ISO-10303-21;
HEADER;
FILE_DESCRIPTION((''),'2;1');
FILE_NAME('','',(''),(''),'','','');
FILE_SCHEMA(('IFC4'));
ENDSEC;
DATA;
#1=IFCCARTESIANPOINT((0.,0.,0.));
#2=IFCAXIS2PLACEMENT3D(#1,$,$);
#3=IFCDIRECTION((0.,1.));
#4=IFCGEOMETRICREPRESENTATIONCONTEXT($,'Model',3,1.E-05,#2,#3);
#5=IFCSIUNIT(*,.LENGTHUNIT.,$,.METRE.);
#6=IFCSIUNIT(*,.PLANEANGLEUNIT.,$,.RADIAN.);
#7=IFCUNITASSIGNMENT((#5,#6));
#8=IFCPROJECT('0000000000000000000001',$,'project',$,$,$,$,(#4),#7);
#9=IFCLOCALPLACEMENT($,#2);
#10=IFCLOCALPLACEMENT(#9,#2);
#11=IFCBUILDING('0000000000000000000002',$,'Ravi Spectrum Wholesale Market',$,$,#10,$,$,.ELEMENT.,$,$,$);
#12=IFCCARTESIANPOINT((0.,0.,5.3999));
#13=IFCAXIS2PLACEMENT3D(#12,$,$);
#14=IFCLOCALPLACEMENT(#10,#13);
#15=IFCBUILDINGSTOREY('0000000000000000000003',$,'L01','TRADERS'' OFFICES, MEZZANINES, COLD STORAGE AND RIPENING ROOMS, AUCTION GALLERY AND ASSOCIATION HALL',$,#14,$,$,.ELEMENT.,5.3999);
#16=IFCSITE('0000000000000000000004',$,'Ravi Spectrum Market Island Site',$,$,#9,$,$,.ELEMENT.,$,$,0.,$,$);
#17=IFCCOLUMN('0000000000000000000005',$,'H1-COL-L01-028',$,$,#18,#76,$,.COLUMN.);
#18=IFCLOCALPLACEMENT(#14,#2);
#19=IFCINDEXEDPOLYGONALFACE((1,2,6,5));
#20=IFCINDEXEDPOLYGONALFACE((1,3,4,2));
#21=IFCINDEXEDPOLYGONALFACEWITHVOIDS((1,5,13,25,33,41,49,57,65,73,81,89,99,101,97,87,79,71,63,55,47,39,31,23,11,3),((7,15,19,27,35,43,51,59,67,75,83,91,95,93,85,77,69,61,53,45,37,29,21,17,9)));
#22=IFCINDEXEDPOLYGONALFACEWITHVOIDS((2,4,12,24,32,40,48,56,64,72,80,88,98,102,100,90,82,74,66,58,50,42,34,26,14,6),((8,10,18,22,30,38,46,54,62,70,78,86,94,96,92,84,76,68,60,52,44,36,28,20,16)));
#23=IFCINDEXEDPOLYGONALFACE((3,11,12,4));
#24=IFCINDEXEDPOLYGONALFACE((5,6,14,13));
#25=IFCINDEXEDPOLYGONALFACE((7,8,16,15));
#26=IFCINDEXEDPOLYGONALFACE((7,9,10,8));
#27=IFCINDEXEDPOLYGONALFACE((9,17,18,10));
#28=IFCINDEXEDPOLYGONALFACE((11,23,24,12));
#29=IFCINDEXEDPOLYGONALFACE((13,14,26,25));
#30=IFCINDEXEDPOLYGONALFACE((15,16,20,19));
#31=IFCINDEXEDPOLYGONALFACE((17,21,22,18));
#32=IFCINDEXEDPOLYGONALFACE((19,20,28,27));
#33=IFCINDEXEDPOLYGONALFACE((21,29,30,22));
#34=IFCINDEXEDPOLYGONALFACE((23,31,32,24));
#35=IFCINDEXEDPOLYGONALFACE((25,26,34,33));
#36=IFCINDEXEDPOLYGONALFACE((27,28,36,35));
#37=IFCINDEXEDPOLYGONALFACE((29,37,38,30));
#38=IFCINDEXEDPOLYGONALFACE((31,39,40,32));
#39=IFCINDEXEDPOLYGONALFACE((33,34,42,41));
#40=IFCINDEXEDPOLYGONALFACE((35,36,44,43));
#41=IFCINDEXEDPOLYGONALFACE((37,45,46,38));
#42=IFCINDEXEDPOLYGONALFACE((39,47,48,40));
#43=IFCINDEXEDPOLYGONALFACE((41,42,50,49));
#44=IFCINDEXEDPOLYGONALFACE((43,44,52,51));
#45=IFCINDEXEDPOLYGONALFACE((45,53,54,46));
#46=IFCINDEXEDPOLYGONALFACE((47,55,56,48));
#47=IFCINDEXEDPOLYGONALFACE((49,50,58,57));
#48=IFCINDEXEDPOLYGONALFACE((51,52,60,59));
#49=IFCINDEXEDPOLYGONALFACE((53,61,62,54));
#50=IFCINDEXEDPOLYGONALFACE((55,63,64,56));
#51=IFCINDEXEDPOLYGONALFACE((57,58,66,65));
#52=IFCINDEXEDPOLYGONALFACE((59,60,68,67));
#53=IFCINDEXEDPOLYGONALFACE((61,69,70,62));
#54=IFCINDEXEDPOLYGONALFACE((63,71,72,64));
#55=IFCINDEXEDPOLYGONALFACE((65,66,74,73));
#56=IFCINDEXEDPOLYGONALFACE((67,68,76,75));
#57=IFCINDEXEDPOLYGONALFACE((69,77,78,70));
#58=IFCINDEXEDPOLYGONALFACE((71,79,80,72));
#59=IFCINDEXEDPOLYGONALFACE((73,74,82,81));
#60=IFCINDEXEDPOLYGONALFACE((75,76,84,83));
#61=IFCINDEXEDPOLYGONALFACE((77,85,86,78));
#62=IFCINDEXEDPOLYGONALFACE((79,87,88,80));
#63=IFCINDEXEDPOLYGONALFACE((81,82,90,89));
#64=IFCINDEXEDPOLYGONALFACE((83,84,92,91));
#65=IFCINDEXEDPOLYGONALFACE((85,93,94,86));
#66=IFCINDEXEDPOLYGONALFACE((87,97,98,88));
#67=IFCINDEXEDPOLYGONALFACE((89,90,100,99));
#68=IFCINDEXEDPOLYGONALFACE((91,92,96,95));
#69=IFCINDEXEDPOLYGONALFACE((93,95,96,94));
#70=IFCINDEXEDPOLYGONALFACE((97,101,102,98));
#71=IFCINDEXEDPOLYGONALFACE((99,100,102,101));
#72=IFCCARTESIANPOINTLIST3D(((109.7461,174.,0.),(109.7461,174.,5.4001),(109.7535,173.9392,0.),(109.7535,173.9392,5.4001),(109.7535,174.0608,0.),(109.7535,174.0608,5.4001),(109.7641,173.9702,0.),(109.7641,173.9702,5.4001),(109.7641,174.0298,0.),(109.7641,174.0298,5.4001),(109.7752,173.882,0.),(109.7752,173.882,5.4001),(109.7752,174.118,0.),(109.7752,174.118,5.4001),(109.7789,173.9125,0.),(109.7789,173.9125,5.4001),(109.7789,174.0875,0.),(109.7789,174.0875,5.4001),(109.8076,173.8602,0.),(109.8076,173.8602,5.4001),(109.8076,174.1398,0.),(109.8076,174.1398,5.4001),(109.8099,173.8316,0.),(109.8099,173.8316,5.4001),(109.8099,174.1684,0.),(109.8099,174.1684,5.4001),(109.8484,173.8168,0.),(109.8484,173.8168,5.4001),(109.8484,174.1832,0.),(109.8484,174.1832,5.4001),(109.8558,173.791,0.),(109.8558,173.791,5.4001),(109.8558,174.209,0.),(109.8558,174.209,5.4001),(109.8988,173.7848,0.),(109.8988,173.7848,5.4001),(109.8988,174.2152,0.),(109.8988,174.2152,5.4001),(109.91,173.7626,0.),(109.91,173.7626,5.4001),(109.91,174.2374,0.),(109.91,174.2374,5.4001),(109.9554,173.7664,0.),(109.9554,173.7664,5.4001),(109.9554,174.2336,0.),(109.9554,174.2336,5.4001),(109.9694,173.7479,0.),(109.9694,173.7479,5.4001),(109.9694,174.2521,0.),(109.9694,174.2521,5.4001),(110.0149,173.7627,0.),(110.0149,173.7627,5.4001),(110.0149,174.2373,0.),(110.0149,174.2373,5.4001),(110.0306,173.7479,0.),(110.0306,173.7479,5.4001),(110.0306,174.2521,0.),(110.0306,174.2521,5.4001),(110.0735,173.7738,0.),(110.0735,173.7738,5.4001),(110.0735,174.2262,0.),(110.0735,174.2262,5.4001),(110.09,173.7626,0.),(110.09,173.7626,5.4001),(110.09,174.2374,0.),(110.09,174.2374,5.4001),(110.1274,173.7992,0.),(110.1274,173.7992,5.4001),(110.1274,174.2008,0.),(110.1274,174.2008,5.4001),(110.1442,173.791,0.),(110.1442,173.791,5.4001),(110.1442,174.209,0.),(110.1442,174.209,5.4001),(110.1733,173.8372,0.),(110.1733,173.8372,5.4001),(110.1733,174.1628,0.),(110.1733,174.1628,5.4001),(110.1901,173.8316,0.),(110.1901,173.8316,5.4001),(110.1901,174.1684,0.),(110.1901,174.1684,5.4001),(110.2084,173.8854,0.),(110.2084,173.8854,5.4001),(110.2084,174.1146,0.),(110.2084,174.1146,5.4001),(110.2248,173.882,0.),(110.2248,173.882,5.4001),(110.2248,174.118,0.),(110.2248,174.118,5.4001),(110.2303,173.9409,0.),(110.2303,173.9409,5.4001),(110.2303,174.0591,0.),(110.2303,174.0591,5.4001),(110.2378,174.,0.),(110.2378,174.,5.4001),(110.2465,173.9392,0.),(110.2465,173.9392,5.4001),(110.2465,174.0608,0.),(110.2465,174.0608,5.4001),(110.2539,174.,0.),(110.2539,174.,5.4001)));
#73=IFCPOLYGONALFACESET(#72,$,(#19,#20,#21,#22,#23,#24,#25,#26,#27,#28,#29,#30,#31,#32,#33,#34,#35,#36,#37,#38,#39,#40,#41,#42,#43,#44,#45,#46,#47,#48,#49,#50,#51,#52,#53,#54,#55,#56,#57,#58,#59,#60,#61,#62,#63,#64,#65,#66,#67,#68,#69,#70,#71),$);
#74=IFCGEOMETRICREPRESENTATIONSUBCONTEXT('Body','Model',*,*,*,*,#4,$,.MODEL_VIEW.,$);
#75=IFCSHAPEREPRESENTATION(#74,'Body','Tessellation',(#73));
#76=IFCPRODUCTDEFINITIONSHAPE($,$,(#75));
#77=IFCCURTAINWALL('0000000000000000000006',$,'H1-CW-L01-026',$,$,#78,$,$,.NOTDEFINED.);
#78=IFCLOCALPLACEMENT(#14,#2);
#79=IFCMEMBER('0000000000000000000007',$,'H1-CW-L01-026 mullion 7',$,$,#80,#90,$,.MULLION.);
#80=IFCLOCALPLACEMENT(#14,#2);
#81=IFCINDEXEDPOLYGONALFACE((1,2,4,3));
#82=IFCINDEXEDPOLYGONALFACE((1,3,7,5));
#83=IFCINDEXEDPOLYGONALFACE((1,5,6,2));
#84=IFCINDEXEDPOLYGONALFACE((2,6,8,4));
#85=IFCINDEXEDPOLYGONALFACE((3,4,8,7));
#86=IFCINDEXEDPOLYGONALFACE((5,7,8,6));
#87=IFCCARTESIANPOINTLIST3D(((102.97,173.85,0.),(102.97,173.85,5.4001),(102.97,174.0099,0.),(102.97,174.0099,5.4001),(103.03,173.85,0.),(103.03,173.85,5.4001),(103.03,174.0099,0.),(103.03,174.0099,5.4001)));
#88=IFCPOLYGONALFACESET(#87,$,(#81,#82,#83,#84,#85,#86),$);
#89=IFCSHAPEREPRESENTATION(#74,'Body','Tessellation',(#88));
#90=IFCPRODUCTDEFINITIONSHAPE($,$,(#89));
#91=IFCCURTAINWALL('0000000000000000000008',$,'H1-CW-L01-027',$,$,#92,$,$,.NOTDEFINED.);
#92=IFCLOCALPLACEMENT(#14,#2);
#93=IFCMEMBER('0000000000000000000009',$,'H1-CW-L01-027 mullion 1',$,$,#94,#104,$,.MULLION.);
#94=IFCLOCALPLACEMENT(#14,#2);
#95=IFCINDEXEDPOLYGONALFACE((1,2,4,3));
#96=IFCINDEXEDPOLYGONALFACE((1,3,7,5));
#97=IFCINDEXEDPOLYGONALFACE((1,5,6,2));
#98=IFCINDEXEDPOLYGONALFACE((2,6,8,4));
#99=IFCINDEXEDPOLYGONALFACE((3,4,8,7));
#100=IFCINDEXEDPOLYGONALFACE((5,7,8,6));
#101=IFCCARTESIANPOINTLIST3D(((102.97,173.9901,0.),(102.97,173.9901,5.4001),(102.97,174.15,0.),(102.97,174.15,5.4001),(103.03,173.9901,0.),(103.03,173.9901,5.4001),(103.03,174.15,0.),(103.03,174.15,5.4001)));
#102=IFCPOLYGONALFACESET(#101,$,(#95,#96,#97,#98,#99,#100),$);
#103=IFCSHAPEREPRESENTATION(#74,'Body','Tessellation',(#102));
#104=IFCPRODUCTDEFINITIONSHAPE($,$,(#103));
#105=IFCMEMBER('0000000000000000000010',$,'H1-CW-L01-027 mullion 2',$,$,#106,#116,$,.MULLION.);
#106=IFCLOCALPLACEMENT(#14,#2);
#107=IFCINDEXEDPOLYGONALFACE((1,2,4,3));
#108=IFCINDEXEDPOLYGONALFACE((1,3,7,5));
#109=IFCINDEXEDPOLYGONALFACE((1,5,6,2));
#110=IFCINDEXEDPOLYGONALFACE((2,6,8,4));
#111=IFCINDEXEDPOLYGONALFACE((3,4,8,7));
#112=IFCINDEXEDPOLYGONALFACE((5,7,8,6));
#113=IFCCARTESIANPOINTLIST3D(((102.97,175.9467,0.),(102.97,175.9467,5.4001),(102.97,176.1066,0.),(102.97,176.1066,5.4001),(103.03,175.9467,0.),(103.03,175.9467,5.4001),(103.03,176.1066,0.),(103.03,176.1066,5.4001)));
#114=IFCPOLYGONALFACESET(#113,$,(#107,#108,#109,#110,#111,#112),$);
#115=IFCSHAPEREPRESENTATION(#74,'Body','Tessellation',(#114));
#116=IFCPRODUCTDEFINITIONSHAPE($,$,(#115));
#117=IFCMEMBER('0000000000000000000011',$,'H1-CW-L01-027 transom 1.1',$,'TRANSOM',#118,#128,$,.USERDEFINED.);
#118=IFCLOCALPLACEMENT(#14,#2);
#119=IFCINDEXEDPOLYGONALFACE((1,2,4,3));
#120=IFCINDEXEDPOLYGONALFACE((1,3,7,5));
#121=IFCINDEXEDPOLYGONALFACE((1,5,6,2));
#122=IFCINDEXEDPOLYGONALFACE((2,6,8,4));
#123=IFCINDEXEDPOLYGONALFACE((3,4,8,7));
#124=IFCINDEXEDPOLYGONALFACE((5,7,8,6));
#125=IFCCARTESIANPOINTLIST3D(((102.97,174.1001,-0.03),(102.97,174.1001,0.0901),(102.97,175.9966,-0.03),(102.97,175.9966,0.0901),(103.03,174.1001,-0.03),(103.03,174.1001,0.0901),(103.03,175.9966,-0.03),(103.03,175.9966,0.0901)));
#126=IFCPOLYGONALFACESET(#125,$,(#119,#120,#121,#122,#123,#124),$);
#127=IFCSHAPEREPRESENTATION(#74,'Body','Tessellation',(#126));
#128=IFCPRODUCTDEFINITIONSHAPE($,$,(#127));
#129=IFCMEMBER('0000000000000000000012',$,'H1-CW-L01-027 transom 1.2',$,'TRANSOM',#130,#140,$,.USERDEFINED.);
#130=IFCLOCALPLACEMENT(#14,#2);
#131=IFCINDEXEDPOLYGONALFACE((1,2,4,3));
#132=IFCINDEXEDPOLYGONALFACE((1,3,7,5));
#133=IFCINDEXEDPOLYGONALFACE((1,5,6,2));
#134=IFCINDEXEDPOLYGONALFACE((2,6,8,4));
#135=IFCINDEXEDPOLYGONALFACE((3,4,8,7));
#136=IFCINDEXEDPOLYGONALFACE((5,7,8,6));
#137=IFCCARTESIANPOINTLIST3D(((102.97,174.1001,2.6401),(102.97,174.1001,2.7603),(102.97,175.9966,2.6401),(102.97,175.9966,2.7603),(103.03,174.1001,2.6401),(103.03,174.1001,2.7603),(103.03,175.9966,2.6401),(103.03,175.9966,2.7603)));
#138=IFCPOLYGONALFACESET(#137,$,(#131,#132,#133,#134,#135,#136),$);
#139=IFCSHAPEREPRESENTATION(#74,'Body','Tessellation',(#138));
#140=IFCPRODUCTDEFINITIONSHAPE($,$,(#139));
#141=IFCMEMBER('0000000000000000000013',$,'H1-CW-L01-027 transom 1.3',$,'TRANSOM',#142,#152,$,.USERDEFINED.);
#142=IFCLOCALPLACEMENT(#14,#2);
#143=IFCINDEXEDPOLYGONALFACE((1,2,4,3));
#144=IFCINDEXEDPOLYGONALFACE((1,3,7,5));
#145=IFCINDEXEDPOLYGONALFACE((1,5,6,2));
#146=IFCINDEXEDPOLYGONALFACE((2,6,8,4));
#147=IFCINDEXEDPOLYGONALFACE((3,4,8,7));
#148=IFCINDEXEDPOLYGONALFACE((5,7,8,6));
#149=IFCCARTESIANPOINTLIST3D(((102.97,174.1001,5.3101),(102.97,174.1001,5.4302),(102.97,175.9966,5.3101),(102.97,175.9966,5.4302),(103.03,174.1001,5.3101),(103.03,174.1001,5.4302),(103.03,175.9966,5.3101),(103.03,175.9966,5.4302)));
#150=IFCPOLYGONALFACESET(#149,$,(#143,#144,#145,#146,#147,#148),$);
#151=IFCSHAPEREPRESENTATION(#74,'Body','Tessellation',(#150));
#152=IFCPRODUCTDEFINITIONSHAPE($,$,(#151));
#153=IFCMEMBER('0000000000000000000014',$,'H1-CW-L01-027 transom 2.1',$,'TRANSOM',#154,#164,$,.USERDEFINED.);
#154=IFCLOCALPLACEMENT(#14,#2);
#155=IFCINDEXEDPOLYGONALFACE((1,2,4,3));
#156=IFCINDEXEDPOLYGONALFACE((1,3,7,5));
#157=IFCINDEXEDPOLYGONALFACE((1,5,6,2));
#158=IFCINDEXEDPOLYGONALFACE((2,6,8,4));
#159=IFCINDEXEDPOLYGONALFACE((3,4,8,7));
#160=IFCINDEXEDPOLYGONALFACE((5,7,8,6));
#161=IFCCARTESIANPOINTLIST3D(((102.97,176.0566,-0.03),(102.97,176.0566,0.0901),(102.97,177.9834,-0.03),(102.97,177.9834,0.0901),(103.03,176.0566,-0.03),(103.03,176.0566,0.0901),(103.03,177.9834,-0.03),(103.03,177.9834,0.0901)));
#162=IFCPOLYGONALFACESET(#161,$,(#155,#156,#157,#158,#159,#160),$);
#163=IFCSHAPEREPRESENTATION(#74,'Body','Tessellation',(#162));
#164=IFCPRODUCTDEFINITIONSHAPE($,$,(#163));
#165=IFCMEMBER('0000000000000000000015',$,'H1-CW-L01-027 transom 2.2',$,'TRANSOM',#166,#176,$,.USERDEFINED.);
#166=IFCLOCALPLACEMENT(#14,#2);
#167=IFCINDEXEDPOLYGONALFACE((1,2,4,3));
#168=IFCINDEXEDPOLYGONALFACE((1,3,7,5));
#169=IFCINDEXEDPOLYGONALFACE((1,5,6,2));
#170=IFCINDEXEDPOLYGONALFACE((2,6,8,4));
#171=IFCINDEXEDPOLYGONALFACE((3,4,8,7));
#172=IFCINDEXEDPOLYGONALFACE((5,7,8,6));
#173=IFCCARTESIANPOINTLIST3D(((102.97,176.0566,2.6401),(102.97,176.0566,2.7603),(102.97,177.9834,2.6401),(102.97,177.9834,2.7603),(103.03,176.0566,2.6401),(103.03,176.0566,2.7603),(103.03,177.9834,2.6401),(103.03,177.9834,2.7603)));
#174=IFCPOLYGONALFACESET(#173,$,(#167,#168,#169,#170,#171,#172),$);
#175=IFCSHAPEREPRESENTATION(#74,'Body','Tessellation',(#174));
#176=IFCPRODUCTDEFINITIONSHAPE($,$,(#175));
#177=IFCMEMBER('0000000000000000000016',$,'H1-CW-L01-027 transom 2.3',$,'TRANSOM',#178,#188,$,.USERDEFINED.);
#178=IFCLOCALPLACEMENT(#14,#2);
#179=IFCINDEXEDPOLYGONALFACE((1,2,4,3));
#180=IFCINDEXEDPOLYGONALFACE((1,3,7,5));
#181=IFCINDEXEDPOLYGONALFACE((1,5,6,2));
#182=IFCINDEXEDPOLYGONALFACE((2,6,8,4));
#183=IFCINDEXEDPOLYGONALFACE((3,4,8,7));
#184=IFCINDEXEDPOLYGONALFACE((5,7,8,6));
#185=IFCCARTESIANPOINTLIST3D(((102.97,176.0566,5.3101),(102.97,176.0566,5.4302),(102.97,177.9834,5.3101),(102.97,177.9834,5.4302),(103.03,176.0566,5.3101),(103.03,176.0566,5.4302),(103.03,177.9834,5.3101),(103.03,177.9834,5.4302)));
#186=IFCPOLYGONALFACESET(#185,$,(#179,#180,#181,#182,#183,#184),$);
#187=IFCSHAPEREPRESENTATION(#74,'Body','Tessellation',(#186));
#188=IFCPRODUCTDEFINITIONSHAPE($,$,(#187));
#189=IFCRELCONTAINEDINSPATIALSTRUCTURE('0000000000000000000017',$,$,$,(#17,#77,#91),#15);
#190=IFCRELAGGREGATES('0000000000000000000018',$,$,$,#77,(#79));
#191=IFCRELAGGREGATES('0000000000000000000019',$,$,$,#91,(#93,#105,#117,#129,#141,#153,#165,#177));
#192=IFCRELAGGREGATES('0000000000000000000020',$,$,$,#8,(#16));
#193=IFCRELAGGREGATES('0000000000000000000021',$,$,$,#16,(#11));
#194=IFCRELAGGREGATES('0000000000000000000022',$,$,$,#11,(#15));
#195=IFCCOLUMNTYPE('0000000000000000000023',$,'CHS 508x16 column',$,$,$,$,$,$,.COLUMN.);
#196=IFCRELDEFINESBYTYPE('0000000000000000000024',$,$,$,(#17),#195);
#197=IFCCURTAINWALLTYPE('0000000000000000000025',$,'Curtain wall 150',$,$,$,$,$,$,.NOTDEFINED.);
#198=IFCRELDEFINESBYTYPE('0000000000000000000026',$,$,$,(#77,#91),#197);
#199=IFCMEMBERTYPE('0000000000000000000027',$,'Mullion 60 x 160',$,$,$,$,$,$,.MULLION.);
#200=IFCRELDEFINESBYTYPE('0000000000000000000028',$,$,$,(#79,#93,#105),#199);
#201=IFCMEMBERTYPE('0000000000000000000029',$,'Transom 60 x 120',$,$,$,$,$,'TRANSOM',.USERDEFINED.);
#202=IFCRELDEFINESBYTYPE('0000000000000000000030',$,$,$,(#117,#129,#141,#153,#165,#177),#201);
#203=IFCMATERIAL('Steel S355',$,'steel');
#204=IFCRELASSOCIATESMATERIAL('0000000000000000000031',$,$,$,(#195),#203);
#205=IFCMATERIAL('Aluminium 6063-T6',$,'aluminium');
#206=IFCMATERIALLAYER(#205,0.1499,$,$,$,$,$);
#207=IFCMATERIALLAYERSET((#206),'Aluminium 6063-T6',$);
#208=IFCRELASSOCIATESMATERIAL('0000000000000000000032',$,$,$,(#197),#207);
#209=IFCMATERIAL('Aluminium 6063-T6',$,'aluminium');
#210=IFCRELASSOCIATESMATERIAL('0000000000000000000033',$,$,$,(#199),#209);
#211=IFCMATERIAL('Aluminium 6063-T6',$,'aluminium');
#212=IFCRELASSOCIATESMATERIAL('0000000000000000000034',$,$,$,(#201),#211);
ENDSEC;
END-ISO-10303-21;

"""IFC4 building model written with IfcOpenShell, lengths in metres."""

from ifc_helpers import new_model, si_unit, direction, frame, origin, origin_2d, place, context, subcontext, project, spatial, rectangle, hollow_circle, extrude, material, layer, layer_set, material_profile, profile_set, type_object, element, aggregate, save


model = new_model("IFC4")

# Units and contexts
model_context = context("Model", 3, precision=1e-05, world=origin(), true_north=direction((0.0, 1.0)))
body_context = subcontext(model_context, "Body", "Model", "MODEL_VIEW")
ifc_project = project(units=[si_unit("LENGTHUNIT", "METRE"), si_unit("PLANEANGLEUNIT", "RADIAN")], contexts=[model_context])

# Site, building, storey
site_placement = place(None, origin())
site = spatial("IfcSite", under=ifc_project, at=site_placement, Name="Ravi Spectrum Market Island Site", CompositionType="ELEMENT", RefElevation=0.0)
building_placement = place(site_placement, origin())
building = spatial("IfcBuilding", under=site, at=building_placement, Name="Ravi Spectrum Wholesale Market", CompositionType="ELEMENT")
storey_placement = place(building_placement, frame((0.0, 0.0, 5.3999)))
storey = spatial("IfcBuildingStorey", under=building, at=storey_placement, Name="L01", Description="TRADERS' OFFICES, MEZZANINES, COLD STORAGE AND RIPENING ROOMS, AUCTION GALLERY AND ASSOCIATION HALL", CompositionType="ELEMENT", Elevation=5.3999)

# Column
ifc_material_1 = material(Name="Steel S355", Category="steel")
ifc_material_profile_1 = material_profile(ifc_material_1, hollow_circle(Radius=0.2539, WallThickness=0.0161, at=origin_2d()))
ifc_profile_set_1 = profile_set([ifc_material_profile_1], Name="Steel S355")
column_type = type_object("IfcColumnType", Name="CHS 508x16 column", PredefinedType="COLUMN", material=ifc_profile_set_1)
column_placement = place(storey_placement, frame((110.0, 174.0, 0.0), z_axis=(0.0, 0.0, 1.0), x_axis=(1.0, 0.0, 0.0)))
element("IfcColumn", 1, at=column_placement, inside=storey, type_object=column_type, Name="H1-COL-L01-028", PredefinedType="COLUMN", context=body_context, shape_type="SweptSolid", body=[
    extrude(hollow_circle(Radius=0.2539, WallThickness=0.0161, at=origin_2d()), origin(), (0.0, 0.0, 1.0), 5.4001),
])

# Curtain wall, member
ifc_material_2 = material(Name="Aluminium 6063-T6", Category="aluminium")
ifc_layer_1 = layer(ifc_material_2, 0.1499)
ifc_layer_set_1 = layer_set([ifc_layer_1], Name="Aluminium 6063-T6")
curtain_wall_type = type_object("IfcCurtainWallType", Name="Curtain wall 150", PredefinedType="NOTDEFINED", material=ifc_layer_set_1)
curtain_wall_1_placement = place(storey_placement, origin())
curtain_wall_1 = element("IfcCurtainWall", 2, at=curtain_wall_1_placement, inside=storey, type_object=curtain_wall_type, Name="H1-CW-L01-026", PredefinedType="NOTDEFINED")
ifc_material_3 = material(Name="Aluminium 6063-T6", Category="aluminium")
ifc_material_profile_2 = material_profile(ifc_material_3, rectangle(XDim=0.0601, YDim=0.1599, at=origin_2d()))
ifc_profile_set_2 = profile_set([ifc_material_profile_2], Name="Aluminium 6063-T6")
member_type_1 = type_object("IfcMemberType", Name="Mullion 60 x 160", PredefinedType="MULLION", material=ifc_profile_set_2)
member_1_placement = place(storey_placement, frame((103.0, 173.9299, 0.0), z_axis=(0.0, 0.0, 1.0), x_axis=(-1.0, 0.0, 0.0)))
member_1 = element("IfcMember", 3, at=member_1_placement, type_object=member_type_1, Name="H1-CW-L01-026 mullion 7", PredefinedType="MULLION", context=body_context, shape_type="SweptSolid", body=[
    extrude(rectangle(XDim=0.0601, YDim=0.1599, at=origin_2d()), origin(), (0.0, 0.0, 1.0), 5.4001),
])

# Curtain wall, members
curtain_wall_2_placement = place(storey_placement, origin())
curtain_wall_2 = element("IfcCurtainWall", 4, at=curtain_wall_2_placement, inside=storey, type_object=curtain_wall_type, Name="H1-CW-L01-027", PredefinedType="NOTDEFINED")
member_2_placement = place(storey_placement, frame((103.0, 174.0701, 0.0), z_axis=(0.0, 0.0, 1.0), x_axis=(-1.0, 0.0, 0.0)))
member_2 = element("IfcMember", 5, at=member_2_placement, type_object=member_type_1, Name="H1-CW-L01-027 mullion 1", PredefinedType="MULLION", context=body_context, shape_type="SweptSolid", body=[
    extrude(rectangle(XDim=0.0601, YDim=0.1599, at=origin_2d()), origin(), (0.0, 0.0, 1.0), 5.4001),
])
member_3_placement = place(storey_placement, frame((103.0, 176.0266, 0.0), z_axis=(0.0, 0.0, 1.0), x_axis=(-1.0, 0.0, 0.0)))
member_3 = element("IfcMember", 6, at=member_3_placement, type_object=member_type_1, Name="H1-CW-L01-027 mullion 2", PredefinedType="MULLION", context=body_context, shape_type="SweptSolid", body=[
    extrude(rectangle(XDim=0.0601, YDim=0.1599, at=origin_2d()), origin(), (0.0, 0.0, 1.0), 5.4001),
])
ifc_material_4 = material(Name="Aluminium 6063-T6", Category="aluminium")
ifc_material_profile_3 = material_profile(ifc_material_4, rectangle(XDim=0.0601, YDim=0.1201, at=origin_2d()))
ifc_profile_set_3 = profile_set([ifc_material_profile_3], Name="Aluminium 6063-T6")
member_type_2 = type_object("IfcMemberType", Name="Transom 60 x 120", ElementType="TRANSOM", PredefinedType="USERDEFINED", material=ifc_profile_set_3)
member_4_placement = place(storey_placement, frame((103.0, 174.1001, 0.03), z_axis=(0.0, 1.0, 0.0), x_axis=(-1.0, 0.0, 0.0)))
member_4 = element("IfcMember", 7, at=member_4_placement, type_object=member_type_2, Name="H1-CW-L01-027 transom 1.1", ObjectType="TRANSOM", PredefinedType="USERDEFINED", context=body_context, shape_type="SweptSolid", body=[
    extrude(rectangle(XDim=0.0601, YDim=0.1201, at=origin_2d()), origin(), (0.0, 0.0, 1.0), 1.8965),
])
member_5_placement = place(storey_placement, frame((103.0, 174.1001, 2.7002), z_axis=(0.0, 1.0, 0.0), x_axis=(-1.0, 0.0, 0.0)))
member_5 = element("IfcMember", 8, at=member_5_placement, type_object=member_type_2, Name="H1-CW-L01-027 transom 1.2", ObjectType="TRANSOM", PredefinedType="USERDEFINED", context=body_context, shape_type="SweptSolid", body=[
    extrude(rectangle(XDim=0.0601, YDim=0.1201, at=origin_2d()), origin(), (0.0, 0.0, 1.0), 1.8965),
])
member_6_placement = place(storey_placement, frame((103.0, 174.1001, 5.3701), z_axis=(0.0, 1.0, 0.0), x_axis=(-1.0, 0.0, 0.0)))
member_6 = element("IfcMember", 9, at=member_6_placement, type_object=member_type_2, Name="H1-CW-L01-027 transom 1.3", ObjectType="TRANSOM", PredefinedType="USERDEFINED", context=body_context, shape_type="SweptSolid", body=[
    extrude(rectangle(XDim=0.0601, YDim=0.1201, at=origin_2d()), origin(), (0.0, 0.0, 1.0), 1.8965),
])
member_7_placement = place(storey_placement, frame((103.0, 176.0566, 0.03), z_axis=(0.0, 1.0, 0.0), x_axis=(-1.0, 0.0, 0.0)))
member_7 = element("IfcMember", 10, at=member_7_placement, type_object=member_type_2, Name="H1-CW-L01-027 transom 2.1", ObjectType="TRANSOM", PredefinedType="USERDEFINED", context=body_context, shape_type="SweptSolid", body=[
    extrude(rectangle(XDim=0.0601, YDim=0.1201, at=origin_2d()), origin(), (0.0, 0.0, 1.0), 1.9268),
])
member_8_placement = place(storey_placement, frame((103.0, 176.0566, 2.7002), z_axis=(0.0, 1.0, 0.0), x_axis=(-1.0, 0.0, 0.0)))
member_8 = element("IfcMember", 11, at=member_8_placement, type_object=member_type_2, Name="H1-CW-L01-027 transom 2.2", ObjectType="TRANSOM", PredefinedType="USERDEFINED", context=body_context, shape_type="SweptSolid", body=[
    extrude(rectangle(XDim=0.0601, YDim=0.1201, at=origin_2d()), origin(), (0.0, 0.0, 1.0), 1.9268),
])
member_9_placement = place(storey_placement, frame((103.0, 176.0566, 5.3701), z_axis=(0.0, 1.0, 0.0), x_axis=(-1.0, 0.0, 0.0)))
member_9 = element("IfcMember", 12, at=member_9_placement, type_object=member_type_2, Name="H1-CW-L01-027 transom 2.3", ObjectType="TRANSOM", PredefinedType="USERDEFINED", context=body_context, shape_type="SweptSolid", body=[
    extrude(rectangle(XDim=0.0601, YDim=0.1201, at=origin_2d()), origin(), (0.0, 0.0, 1.0), 1.9268),
])

aggregate(curtain_wall_1, [member_1])
aggregate(curtain_wall_2, [member_2, member_3, member_4, member_5, member_6, member_7, member_8, member_9])

save(model, "model.ifc")
